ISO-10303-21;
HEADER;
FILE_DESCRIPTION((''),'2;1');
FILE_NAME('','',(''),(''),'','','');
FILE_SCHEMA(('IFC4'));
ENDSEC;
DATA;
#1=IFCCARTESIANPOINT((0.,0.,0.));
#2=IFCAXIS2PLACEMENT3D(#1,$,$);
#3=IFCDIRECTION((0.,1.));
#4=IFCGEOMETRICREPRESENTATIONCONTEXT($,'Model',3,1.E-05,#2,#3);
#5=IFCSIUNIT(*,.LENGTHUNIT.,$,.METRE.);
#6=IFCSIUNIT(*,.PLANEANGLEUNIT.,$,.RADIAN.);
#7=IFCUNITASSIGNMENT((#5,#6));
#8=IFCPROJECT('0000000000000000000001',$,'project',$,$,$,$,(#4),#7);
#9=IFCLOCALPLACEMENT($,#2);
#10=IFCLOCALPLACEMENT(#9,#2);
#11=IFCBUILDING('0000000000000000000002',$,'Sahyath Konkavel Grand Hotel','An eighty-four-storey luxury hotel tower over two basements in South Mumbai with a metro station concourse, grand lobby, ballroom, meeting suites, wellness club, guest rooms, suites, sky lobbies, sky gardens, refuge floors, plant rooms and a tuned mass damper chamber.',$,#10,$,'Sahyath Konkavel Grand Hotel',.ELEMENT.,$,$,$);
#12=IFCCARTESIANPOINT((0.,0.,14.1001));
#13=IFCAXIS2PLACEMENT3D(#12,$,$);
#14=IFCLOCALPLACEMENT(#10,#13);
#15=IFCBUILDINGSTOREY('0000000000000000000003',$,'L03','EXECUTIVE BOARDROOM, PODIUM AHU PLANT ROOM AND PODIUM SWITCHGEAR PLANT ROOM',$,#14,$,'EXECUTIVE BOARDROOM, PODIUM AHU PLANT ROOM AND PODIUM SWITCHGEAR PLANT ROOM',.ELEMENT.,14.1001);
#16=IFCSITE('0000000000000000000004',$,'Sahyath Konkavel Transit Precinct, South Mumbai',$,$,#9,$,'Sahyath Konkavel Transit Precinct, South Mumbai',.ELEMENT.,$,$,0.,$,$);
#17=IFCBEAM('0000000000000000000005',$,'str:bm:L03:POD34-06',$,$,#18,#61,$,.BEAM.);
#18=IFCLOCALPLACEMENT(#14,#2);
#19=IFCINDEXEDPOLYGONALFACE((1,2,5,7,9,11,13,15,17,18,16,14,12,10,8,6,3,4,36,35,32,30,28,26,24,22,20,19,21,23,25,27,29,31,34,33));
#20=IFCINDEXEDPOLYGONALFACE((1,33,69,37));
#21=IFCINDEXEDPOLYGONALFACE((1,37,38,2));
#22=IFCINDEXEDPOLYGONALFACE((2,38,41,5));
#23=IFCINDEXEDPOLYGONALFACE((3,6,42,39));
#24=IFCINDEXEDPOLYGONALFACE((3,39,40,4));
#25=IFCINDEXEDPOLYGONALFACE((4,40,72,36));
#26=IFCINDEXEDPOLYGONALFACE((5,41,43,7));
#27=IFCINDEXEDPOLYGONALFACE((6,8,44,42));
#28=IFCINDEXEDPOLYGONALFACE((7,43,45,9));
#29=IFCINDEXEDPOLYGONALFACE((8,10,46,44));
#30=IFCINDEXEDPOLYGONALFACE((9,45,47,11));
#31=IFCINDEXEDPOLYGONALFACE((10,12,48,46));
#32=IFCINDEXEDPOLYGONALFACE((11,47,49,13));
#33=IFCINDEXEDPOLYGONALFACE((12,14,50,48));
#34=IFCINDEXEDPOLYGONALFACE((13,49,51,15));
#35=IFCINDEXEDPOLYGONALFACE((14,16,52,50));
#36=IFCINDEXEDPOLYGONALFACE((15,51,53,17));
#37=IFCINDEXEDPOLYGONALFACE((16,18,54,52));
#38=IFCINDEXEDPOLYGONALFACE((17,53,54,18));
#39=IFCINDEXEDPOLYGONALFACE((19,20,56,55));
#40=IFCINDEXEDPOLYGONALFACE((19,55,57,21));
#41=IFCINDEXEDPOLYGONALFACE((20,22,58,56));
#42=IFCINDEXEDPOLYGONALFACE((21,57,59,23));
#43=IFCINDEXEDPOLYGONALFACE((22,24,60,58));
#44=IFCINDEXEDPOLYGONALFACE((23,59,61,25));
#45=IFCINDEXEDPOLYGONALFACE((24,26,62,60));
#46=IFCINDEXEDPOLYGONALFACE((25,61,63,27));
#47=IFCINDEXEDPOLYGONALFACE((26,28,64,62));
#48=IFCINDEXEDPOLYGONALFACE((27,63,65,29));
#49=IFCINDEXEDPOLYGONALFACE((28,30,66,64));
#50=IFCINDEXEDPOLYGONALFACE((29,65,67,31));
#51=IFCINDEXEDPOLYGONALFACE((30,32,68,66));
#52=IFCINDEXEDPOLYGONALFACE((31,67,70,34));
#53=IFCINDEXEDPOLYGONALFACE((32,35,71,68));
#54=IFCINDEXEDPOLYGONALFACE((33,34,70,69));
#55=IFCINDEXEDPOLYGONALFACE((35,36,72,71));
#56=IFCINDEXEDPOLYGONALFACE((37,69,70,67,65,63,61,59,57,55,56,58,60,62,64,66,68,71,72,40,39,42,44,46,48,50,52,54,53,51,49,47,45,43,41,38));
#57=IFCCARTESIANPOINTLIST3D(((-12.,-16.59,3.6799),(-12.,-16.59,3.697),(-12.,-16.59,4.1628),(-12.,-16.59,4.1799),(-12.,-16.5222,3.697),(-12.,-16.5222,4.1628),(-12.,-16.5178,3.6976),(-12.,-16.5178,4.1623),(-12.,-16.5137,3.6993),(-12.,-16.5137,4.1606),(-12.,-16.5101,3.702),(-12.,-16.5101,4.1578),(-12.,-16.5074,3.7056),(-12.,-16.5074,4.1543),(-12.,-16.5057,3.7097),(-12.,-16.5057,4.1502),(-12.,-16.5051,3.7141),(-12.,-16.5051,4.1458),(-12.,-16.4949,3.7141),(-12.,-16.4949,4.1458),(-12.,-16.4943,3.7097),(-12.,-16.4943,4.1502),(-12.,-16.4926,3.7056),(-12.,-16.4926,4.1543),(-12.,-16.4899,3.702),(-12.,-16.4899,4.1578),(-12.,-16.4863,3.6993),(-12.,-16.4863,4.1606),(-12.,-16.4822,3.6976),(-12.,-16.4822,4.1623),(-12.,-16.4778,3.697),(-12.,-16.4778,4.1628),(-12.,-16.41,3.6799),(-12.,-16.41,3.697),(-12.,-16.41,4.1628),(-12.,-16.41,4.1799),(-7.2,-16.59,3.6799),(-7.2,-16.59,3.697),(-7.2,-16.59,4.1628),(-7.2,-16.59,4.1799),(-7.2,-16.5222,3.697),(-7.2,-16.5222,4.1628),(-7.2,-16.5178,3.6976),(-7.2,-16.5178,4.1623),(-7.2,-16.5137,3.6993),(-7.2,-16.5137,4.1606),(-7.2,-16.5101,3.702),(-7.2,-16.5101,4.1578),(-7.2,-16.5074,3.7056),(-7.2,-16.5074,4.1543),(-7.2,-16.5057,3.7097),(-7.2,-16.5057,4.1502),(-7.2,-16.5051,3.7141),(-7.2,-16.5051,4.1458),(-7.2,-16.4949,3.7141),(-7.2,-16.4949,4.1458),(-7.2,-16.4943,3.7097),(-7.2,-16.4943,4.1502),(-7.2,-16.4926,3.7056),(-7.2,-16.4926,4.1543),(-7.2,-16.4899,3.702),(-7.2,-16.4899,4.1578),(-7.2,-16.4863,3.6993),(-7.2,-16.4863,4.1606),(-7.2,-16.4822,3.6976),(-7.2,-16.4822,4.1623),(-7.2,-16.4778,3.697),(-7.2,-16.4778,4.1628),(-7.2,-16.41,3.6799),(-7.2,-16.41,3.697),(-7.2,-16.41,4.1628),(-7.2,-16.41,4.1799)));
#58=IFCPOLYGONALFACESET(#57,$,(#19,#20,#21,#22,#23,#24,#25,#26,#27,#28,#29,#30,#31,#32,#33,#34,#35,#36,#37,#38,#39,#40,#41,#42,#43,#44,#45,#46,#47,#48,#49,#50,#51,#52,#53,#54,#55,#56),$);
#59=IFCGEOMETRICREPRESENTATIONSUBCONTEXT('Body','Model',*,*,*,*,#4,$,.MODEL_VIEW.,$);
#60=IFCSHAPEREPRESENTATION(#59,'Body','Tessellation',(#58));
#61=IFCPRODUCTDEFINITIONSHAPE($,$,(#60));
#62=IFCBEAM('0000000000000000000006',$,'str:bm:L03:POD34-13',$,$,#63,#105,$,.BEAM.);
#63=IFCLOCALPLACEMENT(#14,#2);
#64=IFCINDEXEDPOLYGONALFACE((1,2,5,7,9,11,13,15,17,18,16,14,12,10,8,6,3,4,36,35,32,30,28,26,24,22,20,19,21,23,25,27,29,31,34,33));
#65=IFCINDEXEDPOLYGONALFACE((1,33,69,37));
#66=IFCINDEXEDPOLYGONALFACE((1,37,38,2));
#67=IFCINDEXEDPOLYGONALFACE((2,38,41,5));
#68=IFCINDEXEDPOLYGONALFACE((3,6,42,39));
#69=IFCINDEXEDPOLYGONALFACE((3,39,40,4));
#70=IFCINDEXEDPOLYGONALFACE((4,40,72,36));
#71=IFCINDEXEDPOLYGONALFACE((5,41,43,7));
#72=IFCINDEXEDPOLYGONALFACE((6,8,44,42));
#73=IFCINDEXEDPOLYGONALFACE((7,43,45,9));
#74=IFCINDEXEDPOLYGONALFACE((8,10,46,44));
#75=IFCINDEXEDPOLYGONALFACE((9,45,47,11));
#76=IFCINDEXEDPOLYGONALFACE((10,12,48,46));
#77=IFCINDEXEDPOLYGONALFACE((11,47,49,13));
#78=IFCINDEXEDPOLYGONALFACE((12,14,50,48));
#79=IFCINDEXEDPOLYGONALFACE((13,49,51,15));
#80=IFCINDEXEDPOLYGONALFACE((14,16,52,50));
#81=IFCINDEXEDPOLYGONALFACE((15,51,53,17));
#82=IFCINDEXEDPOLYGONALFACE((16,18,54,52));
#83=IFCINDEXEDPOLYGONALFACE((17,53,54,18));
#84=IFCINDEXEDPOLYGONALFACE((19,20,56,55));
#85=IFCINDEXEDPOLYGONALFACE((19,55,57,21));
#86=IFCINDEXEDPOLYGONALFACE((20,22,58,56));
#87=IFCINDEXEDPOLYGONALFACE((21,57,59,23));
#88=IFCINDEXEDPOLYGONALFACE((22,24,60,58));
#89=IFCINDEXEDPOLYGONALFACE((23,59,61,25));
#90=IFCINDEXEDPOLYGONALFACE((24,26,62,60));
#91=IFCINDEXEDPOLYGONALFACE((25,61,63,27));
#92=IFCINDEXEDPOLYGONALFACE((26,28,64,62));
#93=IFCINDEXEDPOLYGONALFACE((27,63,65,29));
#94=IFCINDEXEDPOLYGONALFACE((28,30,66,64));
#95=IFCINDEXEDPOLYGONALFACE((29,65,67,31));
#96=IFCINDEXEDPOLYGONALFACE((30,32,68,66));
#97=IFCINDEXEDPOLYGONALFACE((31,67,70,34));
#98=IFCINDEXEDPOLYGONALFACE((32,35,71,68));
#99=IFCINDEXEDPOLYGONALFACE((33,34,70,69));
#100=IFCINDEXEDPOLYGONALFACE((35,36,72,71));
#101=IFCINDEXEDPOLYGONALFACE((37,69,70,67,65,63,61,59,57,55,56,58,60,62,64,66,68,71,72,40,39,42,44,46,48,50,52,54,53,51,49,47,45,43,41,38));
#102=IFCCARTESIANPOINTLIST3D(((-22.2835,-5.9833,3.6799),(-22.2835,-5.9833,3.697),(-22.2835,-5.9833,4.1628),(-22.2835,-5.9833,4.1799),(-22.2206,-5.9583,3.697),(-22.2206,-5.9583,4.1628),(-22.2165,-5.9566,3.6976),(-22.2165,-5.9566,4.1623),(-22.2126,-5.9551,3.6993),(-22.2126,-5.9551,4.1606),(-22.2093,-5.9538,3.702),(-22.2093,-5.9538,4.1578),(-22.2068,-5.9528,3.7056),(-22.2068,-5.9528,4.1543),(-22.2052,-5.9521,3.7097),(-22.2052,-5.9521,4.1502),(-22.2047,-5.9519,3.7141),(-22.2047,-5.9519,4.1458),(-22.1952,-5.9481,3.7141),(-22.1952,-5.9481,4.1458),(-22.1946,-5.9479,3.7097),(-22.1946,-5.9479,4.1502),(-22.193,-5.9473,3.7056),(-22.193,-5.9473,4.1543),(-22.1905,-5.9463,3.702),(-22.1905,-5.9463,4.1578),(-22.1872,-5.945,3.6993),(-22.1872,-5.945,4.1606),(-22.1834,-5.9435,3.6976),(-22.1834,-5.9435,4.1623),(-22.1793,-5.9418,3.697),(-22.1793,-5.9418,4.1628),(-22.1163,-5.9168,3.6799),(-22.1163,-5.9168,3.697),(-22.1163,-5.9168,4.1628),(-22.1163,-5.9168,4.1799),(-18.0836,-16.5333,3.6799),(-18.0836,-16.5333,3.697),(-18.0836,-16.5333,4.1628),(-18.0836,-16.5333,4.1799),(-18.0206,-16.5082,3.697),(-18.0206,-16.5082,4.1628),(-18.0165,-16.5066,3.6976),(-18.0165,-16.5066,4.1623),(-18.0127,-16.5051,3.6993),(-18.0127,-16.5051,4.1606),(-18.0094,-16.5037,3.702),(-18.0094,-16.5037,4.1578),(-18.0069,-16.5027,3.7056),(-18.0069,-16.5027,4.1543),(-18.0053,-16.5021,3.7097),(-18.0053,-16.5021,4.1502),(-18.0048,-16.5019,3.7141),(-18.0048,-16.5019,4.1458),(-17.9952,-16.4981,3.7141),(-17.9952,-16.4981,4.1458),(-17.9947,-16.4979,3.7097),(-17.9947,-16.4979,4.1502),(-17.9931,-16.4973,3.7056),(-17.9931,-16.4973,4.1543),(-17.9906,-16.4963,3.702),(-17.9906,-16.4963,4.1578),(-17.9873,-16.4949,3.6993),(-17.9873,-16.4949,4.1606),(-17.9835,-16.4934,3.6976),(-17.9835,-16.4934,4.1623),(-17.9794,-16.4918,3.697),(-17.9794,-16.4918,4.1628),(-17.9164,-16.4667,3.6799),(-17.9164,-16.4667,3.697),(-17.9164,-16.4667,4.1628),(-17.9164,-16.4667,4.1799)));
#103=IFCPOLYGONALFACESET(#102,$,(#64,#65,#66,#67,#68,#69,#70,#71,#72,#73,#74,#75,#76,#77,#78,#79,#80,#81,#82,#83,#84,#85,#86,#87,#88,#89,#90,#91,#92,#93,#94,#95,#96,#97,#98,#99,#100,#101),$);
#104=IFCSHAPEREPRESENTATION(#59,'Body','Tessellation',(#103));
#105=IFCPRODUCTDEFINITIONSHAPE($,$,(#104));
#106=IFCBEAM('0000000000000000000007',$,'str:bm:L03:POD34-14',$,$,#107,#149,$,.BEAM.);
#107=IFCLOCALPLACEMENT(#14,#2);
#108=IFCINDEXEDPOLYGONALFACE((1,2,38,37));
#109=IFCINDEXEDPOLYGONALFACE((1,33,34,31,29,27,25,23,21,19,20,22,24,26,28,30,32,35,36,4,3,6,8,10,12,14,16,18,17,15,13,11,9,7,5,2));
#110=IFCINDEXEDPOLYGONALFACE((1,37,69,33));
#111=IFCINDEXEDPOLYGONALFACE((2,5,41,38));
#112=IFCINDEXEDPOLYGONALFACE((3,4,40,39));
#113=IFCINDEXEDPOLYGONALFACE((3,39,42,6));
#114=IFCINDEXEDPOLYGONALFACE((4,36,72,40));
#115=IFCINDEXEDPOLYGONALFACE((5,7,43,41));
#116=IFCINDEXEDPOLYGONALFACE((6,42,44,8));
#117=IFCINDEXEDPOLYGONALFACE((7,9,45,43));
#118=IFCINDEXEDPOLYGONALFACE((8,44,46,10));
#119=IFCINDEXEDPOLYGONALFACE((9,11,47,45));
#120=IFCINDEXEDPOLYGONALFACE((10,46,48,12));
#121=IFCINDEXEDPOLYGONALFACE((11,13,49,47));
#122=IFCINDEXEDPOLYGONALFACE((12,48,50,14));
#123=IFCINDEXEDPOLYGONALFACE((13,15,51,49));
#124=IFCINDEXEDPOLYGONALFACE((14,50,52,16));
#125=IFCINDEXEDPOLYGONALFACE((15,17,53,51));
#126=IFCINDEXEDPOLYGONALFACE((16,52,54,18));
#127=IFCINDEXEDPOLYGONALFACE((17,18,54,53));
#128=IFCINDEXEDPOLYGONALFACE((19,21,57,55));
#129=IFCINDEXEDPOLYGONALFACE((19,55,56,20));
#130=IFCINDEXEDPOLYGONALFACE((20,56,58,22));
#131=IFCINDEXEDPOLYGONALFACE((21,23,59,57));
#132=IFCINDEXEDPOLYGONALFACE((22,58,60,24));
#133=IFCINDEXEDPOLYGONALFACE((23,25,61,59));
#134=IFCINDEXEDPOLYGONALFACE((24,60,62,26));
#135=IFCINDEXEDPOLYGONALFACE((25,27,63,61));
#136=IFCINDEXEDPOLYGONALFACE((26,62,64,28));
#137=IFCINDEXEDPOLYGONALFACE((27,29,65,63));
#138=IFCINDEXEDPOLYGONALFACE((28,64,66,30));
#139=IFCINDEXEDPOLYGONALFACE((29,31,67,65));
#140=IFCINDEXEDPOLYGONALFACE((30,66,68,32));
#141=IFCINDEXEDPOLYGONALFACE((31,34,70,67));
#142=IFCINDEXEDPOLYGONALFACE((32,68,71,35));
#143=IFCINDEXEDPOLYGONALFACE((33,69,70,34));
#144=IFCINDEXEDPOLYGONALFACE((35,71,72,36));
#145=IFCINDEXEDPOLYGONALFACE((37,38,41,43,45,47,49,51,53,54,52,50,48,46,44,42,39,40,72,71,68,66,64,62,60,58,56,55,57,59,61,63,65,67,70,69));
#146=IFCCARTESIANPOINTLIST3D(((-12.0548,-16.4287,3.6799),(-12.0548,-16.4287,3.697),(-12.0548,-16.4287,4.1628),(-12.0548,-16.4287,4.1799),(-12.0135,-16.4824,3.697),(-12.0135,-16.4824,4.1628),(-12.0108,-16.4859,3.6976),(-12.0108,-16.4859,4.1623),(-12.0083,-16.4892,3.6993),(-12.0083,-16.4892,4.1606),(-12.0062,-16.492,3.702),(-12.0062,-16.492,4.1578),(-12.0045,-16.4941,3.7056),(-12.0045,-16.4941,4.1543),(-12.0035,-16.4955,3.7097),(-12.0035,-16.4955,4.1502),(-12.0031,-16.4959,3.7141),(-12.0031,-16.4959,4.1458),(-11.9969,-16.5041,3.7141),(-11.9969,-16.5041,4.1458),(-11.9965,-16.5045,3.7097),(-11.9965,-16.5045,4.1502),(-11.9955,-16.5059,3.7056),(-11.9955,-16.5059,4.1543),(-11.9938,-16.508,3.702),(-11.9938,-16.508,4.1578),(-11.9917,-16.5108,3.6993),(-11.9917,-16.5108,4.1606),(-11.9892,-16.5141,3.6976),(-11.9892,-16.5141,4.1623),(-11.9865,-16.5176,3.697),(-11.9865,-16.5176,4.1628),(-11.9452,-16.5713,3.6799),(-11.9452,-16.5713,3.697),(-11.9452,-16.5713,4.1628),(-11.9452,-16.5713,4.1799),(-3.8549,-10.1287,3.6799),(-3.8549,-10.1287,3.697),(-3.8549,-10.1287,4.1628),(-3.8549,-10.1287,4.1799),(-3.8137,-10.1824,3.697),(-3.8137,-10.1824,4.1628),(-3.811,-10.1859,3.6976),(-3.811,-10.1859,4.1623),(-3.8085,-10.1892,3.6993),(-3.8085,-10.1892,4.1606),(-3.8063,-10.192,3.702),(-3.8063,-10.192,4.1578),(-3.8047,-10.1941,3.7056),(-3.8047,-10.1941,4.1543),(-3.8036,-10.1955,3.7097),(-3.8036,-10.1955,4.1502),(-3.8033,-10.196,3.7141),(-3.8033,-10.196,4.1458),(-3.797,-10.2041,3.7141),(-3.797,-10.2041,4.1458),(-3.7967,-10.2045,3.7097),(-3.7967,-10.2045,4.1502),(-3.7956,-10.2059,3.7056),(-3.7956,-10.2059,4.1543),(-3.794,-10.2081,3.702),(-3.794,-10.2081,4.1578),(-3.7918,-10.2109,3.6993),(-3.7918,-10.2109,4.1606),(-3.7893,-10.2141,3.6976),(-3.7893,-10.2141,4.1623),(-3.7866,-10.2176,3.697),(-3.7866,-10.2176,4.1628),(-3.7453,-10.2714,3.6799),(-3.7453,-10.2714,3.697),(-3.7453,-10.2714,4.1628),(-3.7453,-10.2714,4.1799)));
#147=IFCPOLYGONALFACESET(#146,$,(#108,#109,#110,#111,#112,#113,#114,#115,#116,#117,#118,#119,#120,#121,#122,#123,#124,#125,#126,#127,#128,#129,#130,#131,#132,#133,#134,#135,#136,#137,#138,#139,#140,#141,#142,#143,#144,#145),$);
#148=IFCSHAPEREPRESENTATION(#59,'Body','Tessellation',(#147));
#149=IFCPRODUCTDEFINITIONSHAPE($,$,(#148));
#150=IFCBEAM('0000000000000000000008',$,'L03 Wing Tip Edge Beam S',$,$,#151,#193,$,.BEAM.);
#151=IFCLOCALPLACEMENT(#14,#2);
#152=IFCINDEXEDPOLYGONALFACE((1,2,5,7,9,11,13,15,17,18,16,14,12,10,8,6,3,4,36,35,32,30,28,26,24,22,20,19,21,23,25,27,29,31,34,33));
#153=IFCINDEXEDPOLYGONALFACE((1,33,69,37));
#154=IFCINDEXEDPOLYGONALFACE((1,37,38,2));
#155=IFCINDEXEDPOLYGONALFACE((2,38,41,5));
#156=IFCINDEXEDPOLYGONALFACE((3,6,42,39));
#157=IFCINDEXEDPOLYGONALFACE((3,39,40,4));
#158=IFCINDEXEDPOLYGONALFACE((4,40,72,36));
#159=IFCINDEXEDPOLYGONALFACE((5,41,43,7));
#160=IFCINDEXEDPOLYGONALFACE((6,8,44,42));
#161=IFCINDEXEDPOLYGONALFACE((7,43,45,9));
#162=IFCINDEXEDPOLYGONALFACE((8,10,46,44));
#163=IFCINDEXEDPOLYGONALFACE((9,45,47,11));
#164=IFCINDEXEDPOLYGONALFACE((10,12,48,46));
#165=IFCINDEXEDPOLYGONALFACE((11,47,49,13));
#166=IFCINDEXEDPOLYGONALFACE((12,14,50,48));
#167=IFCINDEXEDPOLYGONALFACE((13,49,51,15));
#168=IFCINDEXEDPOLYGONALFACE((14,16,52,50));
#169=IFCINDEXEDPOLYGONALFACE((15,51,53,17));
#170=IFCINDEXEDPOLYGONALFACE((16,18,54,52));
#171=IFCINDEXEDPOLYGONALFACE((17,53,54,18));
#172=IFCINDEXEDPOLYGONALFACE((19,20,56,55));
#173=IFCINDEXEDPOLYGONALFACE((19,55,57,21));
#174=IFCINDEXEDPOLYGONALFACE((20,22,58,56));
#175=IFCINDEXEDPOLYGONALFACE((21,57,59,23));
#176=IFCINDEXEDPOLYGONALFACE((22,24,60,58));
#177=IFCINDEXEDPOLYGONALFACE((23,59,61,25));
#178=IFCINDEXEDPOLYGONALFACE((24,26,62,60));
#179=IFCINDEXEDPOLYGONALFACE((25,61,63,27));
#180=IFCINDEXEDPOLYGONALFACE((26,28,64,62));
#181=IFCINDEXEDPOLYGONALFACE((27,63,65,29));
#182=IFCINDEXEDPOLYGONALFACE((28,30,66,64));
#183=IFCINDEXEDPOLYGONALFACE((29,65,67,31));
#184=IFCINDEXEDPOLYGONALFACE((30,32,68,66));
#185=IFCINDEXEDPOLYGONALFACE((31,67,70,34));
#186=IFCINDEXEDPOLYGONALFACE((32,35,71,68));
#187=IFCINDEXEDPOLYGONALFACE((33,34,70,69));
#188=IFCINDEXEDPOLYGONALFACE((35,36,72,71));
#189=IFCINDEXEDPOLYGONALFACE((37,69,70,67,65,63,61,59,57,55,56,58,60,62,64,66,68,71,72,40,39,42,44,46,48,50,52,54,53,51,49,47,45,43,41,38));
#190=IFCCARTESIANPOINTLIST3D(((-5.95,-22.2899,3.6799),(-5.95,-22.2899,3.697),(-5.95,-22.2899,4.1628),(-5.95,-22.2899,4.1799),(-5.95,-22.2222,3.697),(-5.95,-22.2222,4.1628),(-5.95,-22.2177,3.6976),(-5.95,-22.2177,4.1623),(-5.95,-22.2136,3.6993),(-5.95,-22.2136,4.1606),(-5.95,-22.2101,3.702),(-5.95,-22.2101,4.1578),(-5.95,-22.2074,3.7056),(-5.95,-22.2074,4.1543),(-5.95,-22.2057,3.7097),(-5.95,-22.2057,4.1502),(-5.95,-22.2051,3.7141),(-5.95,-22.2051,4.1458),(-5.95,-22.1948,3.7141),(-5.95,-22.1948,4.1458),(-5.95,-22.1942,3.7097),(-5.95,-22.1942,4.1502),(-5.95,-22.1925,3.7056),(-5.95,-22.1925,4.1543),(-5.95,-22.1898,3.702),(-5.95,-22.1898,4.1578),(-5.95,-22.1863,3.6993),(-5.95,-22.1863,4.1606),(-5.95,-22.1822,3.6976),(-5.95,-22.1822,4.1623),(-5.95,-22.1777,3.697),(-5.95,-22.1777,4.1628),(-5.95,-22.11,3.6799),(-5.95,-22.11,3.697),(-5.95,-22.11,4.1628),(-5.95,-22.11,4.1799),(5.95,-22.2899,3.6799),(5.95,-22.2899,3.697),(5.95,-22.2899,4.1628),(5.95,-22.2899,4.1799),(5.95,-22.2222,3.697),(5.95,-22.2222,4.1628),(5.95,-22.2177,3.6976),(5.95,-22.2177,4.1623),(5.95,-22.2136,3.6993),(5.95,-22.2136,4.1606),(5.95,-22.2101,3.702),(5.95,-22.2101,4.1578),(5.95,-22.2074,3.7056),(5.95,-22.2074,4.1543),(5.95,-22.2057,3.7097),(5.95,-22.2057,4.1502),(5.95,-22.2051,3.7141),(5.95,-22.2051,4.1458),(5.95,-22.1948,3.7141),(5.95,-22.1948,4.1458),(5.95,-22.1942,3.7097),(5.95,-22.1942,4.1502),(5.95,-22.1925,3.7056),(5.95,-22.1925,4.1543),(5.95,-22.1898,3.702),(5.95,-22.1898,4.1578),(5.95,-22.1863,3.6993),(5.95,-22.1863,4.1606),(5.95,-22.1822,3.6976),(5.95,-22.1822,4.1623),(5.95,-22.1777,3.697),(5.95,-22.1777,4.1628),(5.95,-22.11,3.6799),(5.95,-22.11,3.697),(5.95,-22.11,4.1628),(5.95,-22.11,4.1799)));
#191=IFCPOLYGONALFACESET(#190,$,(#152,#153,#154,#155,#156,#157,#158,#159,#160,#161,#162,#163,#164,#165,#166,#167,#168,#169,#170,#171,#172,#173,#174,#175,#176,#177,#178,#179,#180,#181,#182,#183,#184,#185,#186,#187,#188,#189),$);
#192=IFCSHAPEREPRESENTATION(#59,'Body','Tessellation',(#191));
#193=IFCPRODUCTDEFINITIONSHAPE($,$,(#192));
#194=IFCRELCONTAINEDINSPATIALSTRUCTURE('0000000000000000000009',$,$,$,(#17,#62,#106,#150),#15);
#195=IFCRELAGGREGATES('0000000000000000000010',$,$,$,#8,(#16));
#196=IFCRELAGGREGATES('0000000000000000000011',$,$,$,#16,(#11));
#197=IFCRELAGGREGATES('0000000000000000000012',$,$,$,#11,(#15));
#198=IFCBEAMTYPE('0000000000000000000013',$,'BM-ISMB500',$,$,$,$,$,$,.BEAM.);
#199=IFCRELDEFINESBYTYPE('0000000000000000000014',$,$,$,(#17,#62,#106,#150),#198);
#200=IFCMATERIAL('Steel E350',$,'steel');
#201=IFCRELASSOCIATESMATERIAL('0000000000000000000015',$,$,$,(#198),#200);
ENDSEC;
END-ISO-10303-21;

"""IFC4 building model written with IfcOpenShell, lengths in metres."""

from ifc_helpers import new_model, si_unit, direction, frame, origin, origin_2d, place, context, subcontext, project, spatial, i_section, extrude, source, transform, mapped, material, material_profile, profile_set, type_object, element, save


model = new_model("IFC4")

# Units and contexts
model_context = context("Model", 3, precision=1e-05, world=origin(), true_north=direction((0.0, 1.0)))
body_context = subcontext(model_context, "Body", "Model", "MODEL_VIEW")
ifc_project = project(units=[si_unit("LENGTHUNIT", "METRE"), si_unit("PLANEANGLEUNIT", "RADIAN")], contexts=[model_context])

# Site, building, storey
site_placement = place(None, origin())
site = spatial("IfcSite", under=ifc_project, at=site_placement, Name="Sahyath Konkavel Transit Precinct, South Mumbai", LongName="Sahyath Konkavel Transit Precinct, South Mumbai", CompositionType="ELEMENT", RefElevation=0.0)
building_placement = place(site_placement, origin())
building = spatial("IfcBuilding", under=site, at=building_placement, Name="Sahyath Konkavel Grand Hotel", Description="An eighty-four-storey luxury hotel tower over two basements in South Mumbai with a metro station concourse, grand lobby, ballroom, meeting suites, wellness club, guest rooms, suites, sky lobbies, sky gardens, refuge floors, plant rooms and a tuned mass damper chamber.", LongName="Sahyath Konkavel Grand Hotel", CompositionType="ELEMENT")
storey_placement = place(building_placement, frame((0.0, 0.0, 14.1001)))
storey = spatial("IfcBuildingStorey", under=building, at=storey_placement, Name="L03", Description="EXECUTIVE BOARDROOM, PODIUM AHU PLANT ROOM AND PODIUM SWITCHGEAR PLANT ROOM", LongName="EXECUTIVE BOARDROOM, PODIUM AHU PLANT ROOM AND PODIUM SWITCHGEAR PLANT ROOM", CompositionType="ELEMENT", Elevation=14.1001)

# Shared definitions
ifc_material_1 = material(Name="Steel E350", Category="steel")

# Beams
ifc_material_profile_1 = material_profile(ifc_material_1, i_section(OverallWidth=0.1799, OverallDepth=0.5, WebThickness=0.0103, FlangeThickness=0.0171, FilletRadius=0.0171, at=origin_2d()), Name="ISMB 500")
ifc_profile_set_1 = profile_set([ifc_material_profile_1], Name="Steel E350")
beam_type = type_object("IfcBeamType", Name="BM-ISMB500", PredefinedType="BEAM", material=ifc_profile_set_1)
shared_shape_1 = source(origin(), body_context, "Body", "SweptSolid", [
    extrude(i_section(OverallWidth=0.1799, OverallDepth=0.5, WebThickness=0.0103, FlangeThickness=0.0171, FilletRadius=0.0171, at=origin_2d()), origin(), (0.0, 0.0, 1.0), 4.8),
])
beam_1_placement = place(storey_placement, frame((-12.0, -16.5, 3.9299), z_axis=(1.0, 0.0, 0.0), x_axis=(0.0, 1.0, 0.0)))
element("IfcBeam", 1, at=beam_1_placement, inside=storey, type_object=beam_type, Name="str:bm:L03:POD34-06", PredefinedType="BEAM", context=body_context, shape_type="MappedRepresentation", body=[
    mapped(shared_shape_1, transform((0.0, 0.0, 0.0), scale=1.0)),
])
shared_shape_2 = source(origin(), body_context, "Body", "SweptSolid", [
    extrude(i_section(OverallWidth=0.1799, OverallDepth=0.5, WebThickness=0.0103, FlangeThickness=0.0171, FilletRadius=0.0171, at=origin_2d()), origin(), (0.0, 0.0, 1.0), 11.3552),
])
beam_2_placement = place(storey_placement, frame((-18.0, -16.5, 3.9299), z_axis=(-0.369867, 0.929085, 0.0), x_axis=(-0.929085, -0.369867, 0.0)))
element("IfcBeam", 2, at=beam_2_placement, inside=storey, type_object=beam_type, Name="str:bm:L03:POD34-13", PredefinedType="BEAM", context=body_context, shape_type="MappedRepresentation", body=[
    mapped(shared_shape_2, transform((0.0, 0.0, 0.0), scale=1.0)),
])
shared_shape_3 = source(origin(), body_context, "Body", "SweptSolid", [
    extrude(i_section(OverallWidth=0.1799, OverallDepth=0.5, WebThickness=0.0103, FlangeThickness=0.0171, FilletRadius=0.0171, at=origin_2d()), origin(), (0.0, 0.0, 1.0), 10.3406),
])
beam_3_placement = place(storey_placement, frame((-12.0, -16.5, 3.9299), z_axis=(0.792979, 0.609249, 0.0), x_axis=(-0.609249, 0.792979, 0.0)))
element("IfcBeam", 3, at=beam_3_placement, inside=storey, type_object=beam_type, Name="str:bm:L03:POD34-14", PredefinedType="BEAM", context=body_context, shape_type="MappedRepresentation", body=[
    mapped(shared_shape_3, transform((0.0, 0.0, 0.0), scale=1.0)),
])
shared_shape_4 = source(origin(), body_context, "Body", "SweptSolid", [
    extrude(i_section(OverallWidth=0.1799, OverallDepth=0.5, WebThickness=0.0103, FlangeThickness=0.0171, FilletRadius=0.0171, at=origin_2d()), origin(), (0.0, 0.0, 1.0), 11.8999),
])
beam_4_placement = place(storey_placement, frame((-5.95, -22.2, 3.9299), z_axis=(1.0, 0.0, 0.0), x_axis=(0.0, 1.0, 0.0)))
element("IfcBeam", 4, at=beam_4_placement, inside=storey, type_object=beam_type, Name="L03 Wing Tip Edge Beam S", PredefinedType="BEAM", context=body_context, shape_type="MappedRepresentation", body=[
    mapped(shared_shape_4, transform((0.0, 0.0, 0.0), scale=1.0)),
])

save(model, "model.ifc")
